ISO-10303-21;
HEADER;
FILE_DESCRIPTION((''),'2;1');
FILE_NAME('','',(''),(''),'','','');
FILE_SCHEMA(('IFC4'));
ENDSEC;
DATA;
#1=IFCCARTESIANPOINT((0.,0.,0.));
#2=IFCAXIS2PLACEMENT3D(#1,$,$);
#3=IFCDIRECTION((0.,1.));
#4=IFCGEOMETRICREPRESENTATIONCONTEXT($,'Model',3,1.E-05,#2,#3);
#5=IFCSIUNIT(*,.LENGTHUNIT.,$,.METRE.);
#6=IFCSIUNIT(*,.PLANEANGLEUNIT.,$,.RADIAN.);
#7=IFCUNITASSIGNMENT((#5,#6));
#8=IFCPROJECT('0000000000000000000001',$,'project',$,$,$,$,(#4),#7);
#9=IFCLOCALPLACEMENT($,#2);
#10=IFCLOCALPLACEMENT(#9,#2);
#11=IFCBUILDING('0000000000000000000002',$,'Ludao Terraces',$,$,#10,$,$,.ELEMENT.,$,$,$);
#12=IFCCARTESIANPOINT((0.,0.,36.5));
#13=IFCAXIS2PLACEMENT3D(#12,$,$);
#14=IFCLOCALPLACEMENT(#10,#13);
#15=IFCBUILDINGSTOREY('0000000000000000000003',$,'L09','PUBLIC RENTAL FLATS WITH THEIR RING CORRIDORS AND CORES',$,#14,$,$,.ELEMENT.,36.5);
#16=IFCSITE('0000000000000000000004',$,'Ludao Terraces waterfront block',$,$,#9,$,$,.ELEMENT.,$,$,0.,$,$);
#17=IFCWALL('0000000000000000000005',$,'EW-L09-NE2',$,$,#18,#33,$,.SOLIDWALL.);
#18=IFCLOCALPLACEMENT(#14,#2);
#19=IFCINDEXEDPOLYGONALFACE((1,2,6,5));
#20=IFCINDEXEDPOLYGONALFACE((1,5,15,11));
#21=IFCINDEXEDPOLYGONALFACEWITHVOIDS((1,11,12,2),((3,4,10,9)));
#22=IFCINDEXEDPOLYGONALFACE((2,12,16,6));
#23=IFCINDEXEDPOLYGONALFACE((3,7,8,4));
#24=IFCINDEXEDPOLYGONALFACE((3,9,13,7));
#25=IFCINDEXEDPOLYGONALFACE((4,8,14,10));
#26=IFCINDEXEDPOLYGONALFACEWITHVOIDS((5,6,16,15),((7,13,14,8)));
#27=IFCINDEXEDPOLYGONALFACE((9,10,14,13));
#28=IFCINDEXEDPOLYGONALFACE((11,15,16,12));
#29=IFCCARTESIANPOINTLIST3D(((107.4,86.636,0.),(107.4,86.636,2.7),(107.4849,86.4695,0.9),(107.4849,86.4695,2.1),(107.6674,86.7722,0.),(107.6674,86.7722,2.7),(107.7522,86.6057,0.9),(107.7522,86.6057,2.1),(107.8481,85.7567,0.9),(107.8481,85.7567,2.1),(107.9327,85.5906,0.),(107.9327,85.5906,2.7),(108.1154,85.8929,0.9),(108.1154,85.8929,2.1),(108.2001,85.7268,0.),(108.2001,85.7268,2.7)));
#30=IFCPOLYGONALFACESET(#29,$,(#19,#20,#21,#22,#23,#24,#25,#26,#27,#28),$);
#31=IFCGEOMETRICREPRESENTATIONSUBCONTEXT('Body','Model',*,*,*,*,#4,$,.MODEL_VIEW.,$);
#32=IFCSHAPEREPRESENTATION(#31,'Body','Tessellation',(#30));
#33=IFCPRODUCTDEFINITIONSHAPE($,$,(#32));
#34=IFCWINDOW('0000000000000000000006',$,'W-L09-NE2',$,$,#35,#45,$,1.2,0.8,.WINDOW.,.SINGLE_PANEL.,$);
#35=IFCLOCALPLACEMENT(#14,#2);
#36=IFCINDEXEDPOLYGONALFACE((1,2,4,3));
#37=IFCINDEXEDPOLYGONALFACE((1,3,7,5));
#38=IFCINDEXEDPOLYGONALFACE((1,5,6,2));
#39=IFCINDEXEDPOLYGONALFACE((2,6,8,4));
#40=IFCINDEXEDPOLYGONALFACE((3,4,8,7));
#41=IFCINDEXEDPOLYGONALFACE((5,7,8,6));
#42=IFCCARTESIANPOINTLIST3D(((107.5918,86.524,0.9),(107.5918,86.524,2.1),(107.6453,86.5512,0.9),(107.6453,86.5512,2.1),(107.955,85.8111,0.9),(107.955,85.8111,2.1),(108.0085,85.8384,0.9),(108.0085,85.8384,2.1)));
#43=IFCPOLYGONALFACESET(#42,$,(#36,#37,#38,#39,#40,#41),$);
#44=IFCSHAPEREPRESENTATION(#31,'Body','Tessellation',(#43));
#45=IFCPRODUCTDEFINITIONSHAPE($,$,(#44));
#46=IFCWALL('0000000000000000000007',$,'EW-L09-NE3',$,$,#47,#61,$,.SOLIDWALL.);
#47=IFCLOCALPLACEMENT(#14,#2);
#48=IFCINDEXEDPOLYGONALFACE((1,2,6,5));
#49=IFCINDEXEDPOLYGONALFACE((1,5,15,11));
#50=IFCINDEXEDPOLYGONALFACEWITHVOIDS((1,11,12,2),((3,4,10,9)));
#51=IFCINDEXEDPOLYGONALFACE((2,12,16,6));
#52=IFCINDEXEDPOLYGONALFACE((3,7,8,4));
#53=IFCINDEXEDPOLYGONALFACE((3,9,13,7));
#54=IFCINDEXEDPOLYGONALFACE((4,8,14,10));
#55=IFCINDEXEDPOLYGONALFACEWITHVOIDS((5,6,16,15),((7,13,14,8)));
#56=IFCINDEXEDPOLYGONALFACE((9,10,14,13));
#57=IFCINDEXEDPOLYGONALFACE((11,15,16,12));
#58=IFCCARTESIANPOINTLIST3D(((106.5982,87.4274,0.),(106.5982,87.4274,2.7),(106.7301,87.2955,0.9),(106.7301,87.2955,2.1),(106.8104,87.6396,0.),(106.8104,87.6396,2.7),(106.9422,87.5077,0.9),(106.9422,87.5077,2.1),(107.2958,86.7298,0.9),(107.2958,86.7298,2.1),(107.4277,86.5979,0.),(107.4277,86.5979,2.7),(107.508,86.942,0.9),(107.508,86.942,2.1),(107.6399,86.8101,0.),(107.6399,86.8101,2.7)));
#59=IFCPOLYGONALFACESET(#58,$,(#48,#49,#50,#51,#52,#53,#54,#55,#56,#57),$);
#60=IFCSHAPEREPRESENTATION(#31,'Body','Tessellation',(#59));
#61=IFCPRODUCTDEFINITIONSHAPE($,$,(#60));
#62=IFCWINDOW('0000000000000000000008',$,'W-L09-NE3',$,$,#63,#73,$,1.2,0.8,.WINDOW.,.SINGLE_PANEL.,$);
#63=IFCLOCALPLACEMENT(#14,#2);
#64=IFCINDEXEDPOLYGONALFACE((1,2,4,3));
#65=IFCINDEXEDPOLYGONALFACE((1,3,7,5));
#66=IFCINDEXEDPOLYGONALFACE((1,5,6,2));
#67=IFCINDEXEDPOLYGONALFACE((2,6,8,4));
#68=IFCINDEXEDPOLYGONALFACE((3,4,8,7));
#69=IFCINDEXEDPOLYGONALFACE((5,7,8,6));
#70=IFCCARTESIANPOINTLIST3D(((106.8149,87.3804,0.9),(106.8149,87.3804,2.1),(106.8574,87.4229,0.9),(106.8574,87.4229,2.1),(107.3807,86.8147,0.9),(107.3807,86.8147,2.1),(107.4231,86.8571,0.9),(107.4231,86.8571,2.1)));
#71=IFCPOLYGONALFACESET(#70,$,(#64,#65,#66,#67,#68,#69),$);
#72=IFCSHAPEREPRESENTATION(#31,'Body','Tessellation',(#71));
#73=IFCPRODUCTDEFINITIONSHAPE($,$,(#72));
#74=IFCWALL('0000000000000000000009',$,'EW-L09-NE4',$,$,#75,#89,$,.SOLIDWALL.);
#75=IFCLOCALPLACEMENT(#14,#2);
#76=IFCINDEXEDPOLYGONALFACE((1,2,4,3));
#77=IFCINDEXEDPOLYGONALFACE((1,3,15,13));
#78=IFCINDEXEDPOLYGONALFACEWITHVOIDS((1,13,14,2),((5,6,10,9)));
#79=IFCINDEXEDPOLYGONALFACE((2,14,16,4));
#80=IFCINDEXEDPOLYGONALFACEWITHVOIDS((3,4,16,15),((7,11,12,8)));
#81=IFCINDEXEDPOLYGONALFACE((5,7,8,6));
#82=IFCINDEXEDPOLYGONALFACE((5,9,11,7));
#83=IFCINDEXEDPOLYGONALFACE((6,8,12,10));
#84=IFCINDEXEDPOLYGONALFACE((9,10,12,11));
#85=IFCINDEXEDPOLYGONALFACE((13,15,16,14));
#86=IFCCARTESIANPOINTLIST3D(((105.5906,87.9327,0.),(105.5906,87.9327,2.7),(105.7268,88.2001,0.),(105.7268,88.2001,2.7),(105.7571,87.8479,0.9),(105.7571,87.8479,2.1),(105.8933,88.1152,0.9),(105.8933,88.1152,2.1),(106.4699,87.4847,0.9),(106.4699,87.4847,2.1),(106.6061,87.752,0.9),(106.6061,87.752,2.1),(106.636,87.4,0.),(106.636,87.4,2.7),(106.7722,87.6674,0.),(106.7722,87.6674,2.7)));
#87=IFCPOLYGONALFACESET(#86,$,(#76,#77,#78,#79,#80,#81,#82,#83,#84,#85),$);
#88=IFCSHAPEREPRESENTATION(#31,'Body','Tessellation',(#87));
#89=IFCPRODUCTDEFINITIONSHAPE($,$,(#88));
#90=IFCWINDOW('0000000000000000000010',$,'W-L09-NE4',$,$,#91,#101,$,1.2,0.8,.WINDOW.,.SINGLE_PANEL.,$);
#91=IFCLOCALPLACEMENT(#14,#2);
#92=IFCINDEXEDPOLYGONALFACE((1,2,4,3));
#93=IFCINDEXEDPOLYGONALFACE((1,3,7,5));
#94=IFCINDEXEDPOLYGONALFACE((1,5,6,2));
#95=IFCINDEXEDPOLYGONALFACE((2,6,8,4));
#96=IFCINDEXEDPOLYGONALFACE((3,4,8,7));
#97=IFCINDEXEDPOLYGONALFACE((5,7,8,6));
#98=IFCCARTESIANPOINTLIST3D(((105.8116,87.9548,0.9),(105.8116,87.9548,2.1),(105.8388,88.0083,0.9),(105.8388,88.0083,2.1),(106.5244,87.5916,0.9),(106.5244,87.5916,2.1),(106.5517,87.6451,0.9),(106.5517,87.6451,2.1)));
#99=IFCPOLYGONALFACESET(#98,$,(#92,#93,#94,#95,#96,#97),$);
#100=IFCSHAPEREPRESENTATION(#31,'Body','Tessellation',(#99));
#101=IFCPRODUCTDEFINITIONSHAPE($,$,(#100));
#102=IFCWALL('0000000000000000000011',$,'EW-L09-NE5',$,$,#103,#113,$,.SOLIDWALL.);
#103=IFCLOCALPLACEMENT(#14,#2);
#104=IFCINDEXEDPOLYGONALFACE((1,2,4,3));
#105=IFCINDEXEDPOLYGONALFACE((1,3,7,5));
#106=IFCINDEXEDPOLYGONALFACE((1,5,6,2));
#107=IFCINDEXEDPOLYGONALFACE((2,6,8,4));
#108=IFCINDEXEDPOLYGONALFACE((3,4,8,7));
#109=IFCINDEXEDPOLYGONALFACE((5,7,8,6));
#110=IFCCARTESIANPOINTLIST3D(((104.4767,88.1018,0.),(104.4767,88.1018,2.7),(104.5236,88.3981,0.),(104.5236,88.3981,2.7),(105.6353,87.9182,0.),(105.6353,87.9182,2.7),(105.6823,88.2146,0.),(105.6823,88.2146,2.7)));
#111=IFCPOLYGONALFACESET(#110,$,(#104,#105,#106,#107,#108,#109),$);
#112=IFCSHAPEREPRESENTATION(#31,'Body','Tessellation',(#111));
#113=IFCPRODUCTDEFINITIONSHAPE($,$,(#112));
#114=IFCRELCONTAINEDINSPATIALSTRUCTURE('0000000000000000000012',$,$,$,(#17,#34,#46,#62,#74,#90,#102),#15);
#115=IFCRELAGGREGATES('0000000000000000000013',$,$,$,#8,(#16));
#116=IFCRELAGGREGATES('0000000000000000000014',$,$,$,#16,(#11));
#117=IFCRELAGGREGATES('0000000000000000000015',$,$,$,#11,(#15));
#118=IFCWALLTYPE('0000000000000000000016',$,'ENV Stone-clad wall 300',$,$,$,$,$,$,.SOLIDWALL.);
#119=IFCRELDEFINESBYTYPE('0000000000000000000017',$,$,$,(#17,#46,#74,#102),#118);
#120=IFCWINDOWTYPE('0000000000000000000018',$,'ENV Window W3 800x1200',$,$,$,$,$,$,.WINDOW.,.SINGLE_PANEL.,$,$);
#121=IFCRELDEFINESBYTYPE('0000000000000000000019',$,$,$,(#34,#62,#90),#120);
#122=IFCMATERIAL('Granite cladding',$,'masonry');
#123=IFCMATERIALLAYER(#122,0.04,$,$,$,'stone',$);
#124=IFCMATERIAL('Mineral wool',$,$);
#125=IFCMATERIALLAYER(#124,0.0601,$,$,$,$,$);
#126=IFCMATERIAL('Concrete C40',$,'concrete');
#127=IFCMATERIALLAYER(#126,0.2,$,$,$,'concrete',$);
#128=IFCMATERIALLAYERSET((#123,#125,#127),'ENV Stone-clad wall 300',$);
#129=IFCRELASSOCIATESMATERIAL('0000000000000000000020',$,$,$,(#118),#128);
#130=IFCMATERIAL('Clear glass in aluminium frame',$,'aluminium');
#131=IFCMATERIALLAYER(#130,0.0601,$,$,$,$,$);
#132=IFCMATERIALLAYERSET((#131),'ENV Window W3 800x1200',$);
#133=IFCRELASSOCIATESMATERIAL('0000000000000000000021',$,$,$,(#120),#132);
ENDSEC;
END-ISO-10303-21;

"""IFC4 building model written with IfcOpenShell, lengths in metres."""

from ifc_helpers import new_model, si_unit, direction, frame, frame_2d, origin, place, context, subcontext, project, spatial, rectangle, extrude, material, layer, layer_set, type_object, element, fill, save


model = new_model("IFC4")

# Units and contexts
model_context = context("Model", 3, precision=1e-05, world=origin(), true_north=direction((0.0, 1.0)))
body_context = subcontext(model_context, "Body", "Model", "MODEL_VIEW")
ifc_project = project(units=[si_unit("LENGTHUNIT", "METRE"), si_unit("PLANEANGLEUNIT", "RADIAN")], contexts=[model_context])

# Site, building, storey
site_placement = place(None, origin())
site = spatial("IfcSite", under=ifc_project, at=site_placement, Name="Ludao Terraces waterfront block", CompositionType="ELEMENT", RefElevation=0.0)
building_placement = place(site_placement, origin())
building = spatial("IfcBuilding", under=site, at=building_placement, Name="Ludao Terraces", CompositionType="ELEMENT")
storey_placement = place(building_placement, frame((0.0, 0.0, 36.5)))
storey = spatial("IfcBuildingStorey", under=building, at=storey_placement, Name="L09", Description="PUBLIC RENTAL FLATS WITH THEIR RING CORRIDORS AND CORES", CompositionType="ELEMENT", Elevation=36.5)

# Shared definitions
ifc_material_1 = material(Name="Concrete C40", Category="concrete")

# Shared definitions
ifc_material_2 = material(Name="Granite cladding", Category="masonry")
ifc_layer_1 = layer(ifc_material_2, 0.04, Category="stone")
ifc_material_3 = material(Name="Mineral wool")
ifc_layer_2 = layer(ifc_material_3, 0.0601)
ifc_layer_3 = layer(ifc_material_1, 0.2, Category="concrete")
ifc_layer_set_1 = layer_set([ifc_layer_1, ifc_layer_2, ifc_layer_3], Name="ENV Stone-clad wall 300")
wall_type_1 = type_object("IfcWallType", Name="ENV Stone-clad wall 300", PredefinedType="SOLIDWALL", material=ifc_layer_set_1)
ifc_material_4 = material(Name="Clear glass in aluminium frame", Category="aluminium")

# Walls, openings, windows
wall_1_placement = place(storey_placement, frame((108.0664, 85.6587, 0.0), z_axis=(0.0, 0.0, 1.0), x_axis=(-0.454026, 0.890989, 0.0)))
wall_1 = element("IfcWall", 1, at=wall_1_placement, inside=storey, type_object=wall_type_1, Name="EW-L09-NE2", PredefinedType="SOLIDWALL", context=body_context, shape_type="SweptSolid", body=[
    extrude(rectangle(XDim=1.1733, YDim=0.3, at=frame_2d((0.5867, 0.0))), origin(), (0.0, 0.0, 1.0), 2.7),
])
opening_1_placement = place(wall_1_placement, frame((0.1865, 0.0, 0.8999)))
opening_1 = element("IfcOpeningElement", 2, at=opening_1_placement, cuts=wall_1, PredefinedType="OPENING", context=body_context, shape_type="SweptSolid", body=[
    extrude(rectangle(XDim=0.8, YDim=1.2, at=frame_2d((0.3999, 0.6001))), frame((0.0, 0.1602, 0.0), z_axis=(0.0, -1.0, 0.0), x_axis=(1.0, 0.0, 0.0)), (0.0, 0.0, 1.0), 0.3201),
])
ifc_layer_4 = layer(ifc_material_4, 0.0601)
ifc_layer_set_2 = layer_set([ifc_layer_4], Name="ENV Window W3 800x1200")
window_type_1 = type_object("IfcWindowType", Name="ENV Window W3 800x1200", PartitioningType="SINGLE_PANEL", PredefinedType="WINDOW", material=ifc_layer_set_2)
window_1_placement = place(opening_1_placement, origin())
window_1 = element("IfcWindow", 3, at=window_1_placement, inside=storey, type_object=window_type_1, Name="W-L09-NE2", OverallHeight=1.2, OverallWidth=0.8, PartitioningType="SINGLE_PANEL", PredefinedType="WINDOW", context=body_context, shape_type="SweptSolid", body=[
    extrude(rectangle(XDim=0.8, YDim=1.2, at=frame_2d((0.3999, 0.6001))), frame((0.0, 0.03, 0.0), z_axis=(0.0, -1.0, 0.0), x_axis=(1.0, 0.0, 0.0)), (0.0, 0.0, 1.0), 0.0601),
])
fill(opening_1, window_1)
wall_2_placement = place(storey_placement, frame((107.5337, 86.7041, 0.0), z_axis=(0.0, 0.0, 1.0), x_axis=(-0.707107, 0.707107, 0.0)))
wall_2 = element("IfcWall", 4, at=wall_2_placement, inside=storey, type_object=wall_type_1, Name="EW-L09-NE3", PredefinedType="SOLIDWALL", context=body_context, shape_type="SweptSolid", body=[
    extrude(rectangle(XDim=1.1731, YDim=0.3, at=frame_2d((0.5864, 0.0))), origin(), (0.0, 0.0, 1.0), 2.7),
])
opening_2_placement = place(wall_2_placement, frame((0.1865, 0.0, 0.8999)))
opening_2 = element("IfcOpeningElement", 5, at=opening_2_placement, cuts=wall_2, PredefinedType="OPENING", context=body_context, shape_type="SweptSolid", body=[
    extrude(rectangle(XDim=0.8, YDim=1.2, at=frame_2d((0.3999, 0.6001))), frame((0.0, 0.1602, 0.0), z_axis=(0.0, -1.0, 0.0), x_axis=(1.0, 0.0, 0.0)), (0.0, 0.0, 1.0), 0.3201),
])
window_2_placement = place(opening_2_placement, origin())
window_2 = element("IfcWindow", 6, at=window_2_placement, inside=storey, type_object=window_type_1, Name="W-L09-NE3", OverallHeight=1.2, OverallWidth=0.8, PartitioningType="SINGLE_PANEL", PredefinedType="WINDOW", context=body_context, shape_type="SweptSolid", body=[
    extrude(rectangle(XDim=0.8, YDim=1.2, at=frame_2d((0.3999, 0.6001))), frame((0.0, 0.03, 0.0), z_axis=(0.0, -1.0, 0.0), x_axis=(1.0, 0.0, 0.0)), (0.0, 0.0, 1.0), 0.0601),
])
fill(opening_2, window_2)
wall_3_placement = place(storey_placement, frame((106.7041, 87.5337, 0.0), z_axis=(0.0, 0.0, 1.0), x_axis=(-0.890989, 0.454026, 0.0)))
wall_3 = element("IfcWall", 7, at=wall_3_placement, inside=storey, type_object=wall_type_1, Name="EW-L09-NE4", PredefinedType="SOLIDWALL", context=body_context, shape_type="SweptSolid", body=[
    extrude(rectangle(XDim=1.1733, YDim=0.3, at=frame_2d((0.5867, 0.0))), origin(), (0.0, 0.0, 1.0), 2.7),
])
opening_3_placement = place(wall_3_placement, frame((0.1865, 0.0, 0.8999)))
opening_3 = element("IfcOpeningElement", 8, at=opening_3_placement, cuts=wall_3, PredefinedType="OPENING", context=body_context, shape_type="SweptSolid", body=[
    extrude(rectangle(XDim=0.8, YDim=1.2, at=frame_2d((0.3999, 0.6001))), frame((0.0, 0.1602, 0.0), z_axis=(0.0, -1.0, 0.0), x_axis=(1.0, 0.0, 0.0)), (0.0, 0.0, 1.0), 0.3201),
])
window_3_placement = place(opening_3_placement, origin())
window_3 = element("IfcWindow", 9, at=window_3_placement, inside=storey, type_object=window_type_1, Name="W-L09-NE4", OverallHeight=1.2, OverallWidth=0.8, PartitioningType="SINGLE_PANEL", PredefinedType="WINDOW", context=body_context, shape_type="SweptSolid", body=[
    extrude(rectangle(XDim=0.8, YDim=1.2, at=frame_2d((0.3999, 0.6001))), frame((0.0, 0.03, 0.0), z_axis=(0.0, -1.0, 0.0), x_axis=(1.0, 0.0, 0.0)), (0.0, 0.0, 1.0), 0.0601),
])
fill(opening_3, window_3)

# Wall
wall_4_placement = place(storey_placement, frame((105.6587, 88.0664, 0.0), z_axis=(0.0, 0.0, 1.0), x_axis=(-0.987678, 0.156497, 0.0)))
element("IfcWall", 10, at=wall_4_placement, inside=storey, type_object=wall_type_1, Name="EW-L09-NE5", PredefinedType="SOLIDWALL", context=body_context, shape_type="SweptSolid", body=[
    extrude(rectangle(XDim=1.1731, YDim=0.3, at=frame_2d((0.5864, 0.0))), origin(), (0.0, 0.0, 1.0), 2.7),
])

save(model, "model.ifc")
